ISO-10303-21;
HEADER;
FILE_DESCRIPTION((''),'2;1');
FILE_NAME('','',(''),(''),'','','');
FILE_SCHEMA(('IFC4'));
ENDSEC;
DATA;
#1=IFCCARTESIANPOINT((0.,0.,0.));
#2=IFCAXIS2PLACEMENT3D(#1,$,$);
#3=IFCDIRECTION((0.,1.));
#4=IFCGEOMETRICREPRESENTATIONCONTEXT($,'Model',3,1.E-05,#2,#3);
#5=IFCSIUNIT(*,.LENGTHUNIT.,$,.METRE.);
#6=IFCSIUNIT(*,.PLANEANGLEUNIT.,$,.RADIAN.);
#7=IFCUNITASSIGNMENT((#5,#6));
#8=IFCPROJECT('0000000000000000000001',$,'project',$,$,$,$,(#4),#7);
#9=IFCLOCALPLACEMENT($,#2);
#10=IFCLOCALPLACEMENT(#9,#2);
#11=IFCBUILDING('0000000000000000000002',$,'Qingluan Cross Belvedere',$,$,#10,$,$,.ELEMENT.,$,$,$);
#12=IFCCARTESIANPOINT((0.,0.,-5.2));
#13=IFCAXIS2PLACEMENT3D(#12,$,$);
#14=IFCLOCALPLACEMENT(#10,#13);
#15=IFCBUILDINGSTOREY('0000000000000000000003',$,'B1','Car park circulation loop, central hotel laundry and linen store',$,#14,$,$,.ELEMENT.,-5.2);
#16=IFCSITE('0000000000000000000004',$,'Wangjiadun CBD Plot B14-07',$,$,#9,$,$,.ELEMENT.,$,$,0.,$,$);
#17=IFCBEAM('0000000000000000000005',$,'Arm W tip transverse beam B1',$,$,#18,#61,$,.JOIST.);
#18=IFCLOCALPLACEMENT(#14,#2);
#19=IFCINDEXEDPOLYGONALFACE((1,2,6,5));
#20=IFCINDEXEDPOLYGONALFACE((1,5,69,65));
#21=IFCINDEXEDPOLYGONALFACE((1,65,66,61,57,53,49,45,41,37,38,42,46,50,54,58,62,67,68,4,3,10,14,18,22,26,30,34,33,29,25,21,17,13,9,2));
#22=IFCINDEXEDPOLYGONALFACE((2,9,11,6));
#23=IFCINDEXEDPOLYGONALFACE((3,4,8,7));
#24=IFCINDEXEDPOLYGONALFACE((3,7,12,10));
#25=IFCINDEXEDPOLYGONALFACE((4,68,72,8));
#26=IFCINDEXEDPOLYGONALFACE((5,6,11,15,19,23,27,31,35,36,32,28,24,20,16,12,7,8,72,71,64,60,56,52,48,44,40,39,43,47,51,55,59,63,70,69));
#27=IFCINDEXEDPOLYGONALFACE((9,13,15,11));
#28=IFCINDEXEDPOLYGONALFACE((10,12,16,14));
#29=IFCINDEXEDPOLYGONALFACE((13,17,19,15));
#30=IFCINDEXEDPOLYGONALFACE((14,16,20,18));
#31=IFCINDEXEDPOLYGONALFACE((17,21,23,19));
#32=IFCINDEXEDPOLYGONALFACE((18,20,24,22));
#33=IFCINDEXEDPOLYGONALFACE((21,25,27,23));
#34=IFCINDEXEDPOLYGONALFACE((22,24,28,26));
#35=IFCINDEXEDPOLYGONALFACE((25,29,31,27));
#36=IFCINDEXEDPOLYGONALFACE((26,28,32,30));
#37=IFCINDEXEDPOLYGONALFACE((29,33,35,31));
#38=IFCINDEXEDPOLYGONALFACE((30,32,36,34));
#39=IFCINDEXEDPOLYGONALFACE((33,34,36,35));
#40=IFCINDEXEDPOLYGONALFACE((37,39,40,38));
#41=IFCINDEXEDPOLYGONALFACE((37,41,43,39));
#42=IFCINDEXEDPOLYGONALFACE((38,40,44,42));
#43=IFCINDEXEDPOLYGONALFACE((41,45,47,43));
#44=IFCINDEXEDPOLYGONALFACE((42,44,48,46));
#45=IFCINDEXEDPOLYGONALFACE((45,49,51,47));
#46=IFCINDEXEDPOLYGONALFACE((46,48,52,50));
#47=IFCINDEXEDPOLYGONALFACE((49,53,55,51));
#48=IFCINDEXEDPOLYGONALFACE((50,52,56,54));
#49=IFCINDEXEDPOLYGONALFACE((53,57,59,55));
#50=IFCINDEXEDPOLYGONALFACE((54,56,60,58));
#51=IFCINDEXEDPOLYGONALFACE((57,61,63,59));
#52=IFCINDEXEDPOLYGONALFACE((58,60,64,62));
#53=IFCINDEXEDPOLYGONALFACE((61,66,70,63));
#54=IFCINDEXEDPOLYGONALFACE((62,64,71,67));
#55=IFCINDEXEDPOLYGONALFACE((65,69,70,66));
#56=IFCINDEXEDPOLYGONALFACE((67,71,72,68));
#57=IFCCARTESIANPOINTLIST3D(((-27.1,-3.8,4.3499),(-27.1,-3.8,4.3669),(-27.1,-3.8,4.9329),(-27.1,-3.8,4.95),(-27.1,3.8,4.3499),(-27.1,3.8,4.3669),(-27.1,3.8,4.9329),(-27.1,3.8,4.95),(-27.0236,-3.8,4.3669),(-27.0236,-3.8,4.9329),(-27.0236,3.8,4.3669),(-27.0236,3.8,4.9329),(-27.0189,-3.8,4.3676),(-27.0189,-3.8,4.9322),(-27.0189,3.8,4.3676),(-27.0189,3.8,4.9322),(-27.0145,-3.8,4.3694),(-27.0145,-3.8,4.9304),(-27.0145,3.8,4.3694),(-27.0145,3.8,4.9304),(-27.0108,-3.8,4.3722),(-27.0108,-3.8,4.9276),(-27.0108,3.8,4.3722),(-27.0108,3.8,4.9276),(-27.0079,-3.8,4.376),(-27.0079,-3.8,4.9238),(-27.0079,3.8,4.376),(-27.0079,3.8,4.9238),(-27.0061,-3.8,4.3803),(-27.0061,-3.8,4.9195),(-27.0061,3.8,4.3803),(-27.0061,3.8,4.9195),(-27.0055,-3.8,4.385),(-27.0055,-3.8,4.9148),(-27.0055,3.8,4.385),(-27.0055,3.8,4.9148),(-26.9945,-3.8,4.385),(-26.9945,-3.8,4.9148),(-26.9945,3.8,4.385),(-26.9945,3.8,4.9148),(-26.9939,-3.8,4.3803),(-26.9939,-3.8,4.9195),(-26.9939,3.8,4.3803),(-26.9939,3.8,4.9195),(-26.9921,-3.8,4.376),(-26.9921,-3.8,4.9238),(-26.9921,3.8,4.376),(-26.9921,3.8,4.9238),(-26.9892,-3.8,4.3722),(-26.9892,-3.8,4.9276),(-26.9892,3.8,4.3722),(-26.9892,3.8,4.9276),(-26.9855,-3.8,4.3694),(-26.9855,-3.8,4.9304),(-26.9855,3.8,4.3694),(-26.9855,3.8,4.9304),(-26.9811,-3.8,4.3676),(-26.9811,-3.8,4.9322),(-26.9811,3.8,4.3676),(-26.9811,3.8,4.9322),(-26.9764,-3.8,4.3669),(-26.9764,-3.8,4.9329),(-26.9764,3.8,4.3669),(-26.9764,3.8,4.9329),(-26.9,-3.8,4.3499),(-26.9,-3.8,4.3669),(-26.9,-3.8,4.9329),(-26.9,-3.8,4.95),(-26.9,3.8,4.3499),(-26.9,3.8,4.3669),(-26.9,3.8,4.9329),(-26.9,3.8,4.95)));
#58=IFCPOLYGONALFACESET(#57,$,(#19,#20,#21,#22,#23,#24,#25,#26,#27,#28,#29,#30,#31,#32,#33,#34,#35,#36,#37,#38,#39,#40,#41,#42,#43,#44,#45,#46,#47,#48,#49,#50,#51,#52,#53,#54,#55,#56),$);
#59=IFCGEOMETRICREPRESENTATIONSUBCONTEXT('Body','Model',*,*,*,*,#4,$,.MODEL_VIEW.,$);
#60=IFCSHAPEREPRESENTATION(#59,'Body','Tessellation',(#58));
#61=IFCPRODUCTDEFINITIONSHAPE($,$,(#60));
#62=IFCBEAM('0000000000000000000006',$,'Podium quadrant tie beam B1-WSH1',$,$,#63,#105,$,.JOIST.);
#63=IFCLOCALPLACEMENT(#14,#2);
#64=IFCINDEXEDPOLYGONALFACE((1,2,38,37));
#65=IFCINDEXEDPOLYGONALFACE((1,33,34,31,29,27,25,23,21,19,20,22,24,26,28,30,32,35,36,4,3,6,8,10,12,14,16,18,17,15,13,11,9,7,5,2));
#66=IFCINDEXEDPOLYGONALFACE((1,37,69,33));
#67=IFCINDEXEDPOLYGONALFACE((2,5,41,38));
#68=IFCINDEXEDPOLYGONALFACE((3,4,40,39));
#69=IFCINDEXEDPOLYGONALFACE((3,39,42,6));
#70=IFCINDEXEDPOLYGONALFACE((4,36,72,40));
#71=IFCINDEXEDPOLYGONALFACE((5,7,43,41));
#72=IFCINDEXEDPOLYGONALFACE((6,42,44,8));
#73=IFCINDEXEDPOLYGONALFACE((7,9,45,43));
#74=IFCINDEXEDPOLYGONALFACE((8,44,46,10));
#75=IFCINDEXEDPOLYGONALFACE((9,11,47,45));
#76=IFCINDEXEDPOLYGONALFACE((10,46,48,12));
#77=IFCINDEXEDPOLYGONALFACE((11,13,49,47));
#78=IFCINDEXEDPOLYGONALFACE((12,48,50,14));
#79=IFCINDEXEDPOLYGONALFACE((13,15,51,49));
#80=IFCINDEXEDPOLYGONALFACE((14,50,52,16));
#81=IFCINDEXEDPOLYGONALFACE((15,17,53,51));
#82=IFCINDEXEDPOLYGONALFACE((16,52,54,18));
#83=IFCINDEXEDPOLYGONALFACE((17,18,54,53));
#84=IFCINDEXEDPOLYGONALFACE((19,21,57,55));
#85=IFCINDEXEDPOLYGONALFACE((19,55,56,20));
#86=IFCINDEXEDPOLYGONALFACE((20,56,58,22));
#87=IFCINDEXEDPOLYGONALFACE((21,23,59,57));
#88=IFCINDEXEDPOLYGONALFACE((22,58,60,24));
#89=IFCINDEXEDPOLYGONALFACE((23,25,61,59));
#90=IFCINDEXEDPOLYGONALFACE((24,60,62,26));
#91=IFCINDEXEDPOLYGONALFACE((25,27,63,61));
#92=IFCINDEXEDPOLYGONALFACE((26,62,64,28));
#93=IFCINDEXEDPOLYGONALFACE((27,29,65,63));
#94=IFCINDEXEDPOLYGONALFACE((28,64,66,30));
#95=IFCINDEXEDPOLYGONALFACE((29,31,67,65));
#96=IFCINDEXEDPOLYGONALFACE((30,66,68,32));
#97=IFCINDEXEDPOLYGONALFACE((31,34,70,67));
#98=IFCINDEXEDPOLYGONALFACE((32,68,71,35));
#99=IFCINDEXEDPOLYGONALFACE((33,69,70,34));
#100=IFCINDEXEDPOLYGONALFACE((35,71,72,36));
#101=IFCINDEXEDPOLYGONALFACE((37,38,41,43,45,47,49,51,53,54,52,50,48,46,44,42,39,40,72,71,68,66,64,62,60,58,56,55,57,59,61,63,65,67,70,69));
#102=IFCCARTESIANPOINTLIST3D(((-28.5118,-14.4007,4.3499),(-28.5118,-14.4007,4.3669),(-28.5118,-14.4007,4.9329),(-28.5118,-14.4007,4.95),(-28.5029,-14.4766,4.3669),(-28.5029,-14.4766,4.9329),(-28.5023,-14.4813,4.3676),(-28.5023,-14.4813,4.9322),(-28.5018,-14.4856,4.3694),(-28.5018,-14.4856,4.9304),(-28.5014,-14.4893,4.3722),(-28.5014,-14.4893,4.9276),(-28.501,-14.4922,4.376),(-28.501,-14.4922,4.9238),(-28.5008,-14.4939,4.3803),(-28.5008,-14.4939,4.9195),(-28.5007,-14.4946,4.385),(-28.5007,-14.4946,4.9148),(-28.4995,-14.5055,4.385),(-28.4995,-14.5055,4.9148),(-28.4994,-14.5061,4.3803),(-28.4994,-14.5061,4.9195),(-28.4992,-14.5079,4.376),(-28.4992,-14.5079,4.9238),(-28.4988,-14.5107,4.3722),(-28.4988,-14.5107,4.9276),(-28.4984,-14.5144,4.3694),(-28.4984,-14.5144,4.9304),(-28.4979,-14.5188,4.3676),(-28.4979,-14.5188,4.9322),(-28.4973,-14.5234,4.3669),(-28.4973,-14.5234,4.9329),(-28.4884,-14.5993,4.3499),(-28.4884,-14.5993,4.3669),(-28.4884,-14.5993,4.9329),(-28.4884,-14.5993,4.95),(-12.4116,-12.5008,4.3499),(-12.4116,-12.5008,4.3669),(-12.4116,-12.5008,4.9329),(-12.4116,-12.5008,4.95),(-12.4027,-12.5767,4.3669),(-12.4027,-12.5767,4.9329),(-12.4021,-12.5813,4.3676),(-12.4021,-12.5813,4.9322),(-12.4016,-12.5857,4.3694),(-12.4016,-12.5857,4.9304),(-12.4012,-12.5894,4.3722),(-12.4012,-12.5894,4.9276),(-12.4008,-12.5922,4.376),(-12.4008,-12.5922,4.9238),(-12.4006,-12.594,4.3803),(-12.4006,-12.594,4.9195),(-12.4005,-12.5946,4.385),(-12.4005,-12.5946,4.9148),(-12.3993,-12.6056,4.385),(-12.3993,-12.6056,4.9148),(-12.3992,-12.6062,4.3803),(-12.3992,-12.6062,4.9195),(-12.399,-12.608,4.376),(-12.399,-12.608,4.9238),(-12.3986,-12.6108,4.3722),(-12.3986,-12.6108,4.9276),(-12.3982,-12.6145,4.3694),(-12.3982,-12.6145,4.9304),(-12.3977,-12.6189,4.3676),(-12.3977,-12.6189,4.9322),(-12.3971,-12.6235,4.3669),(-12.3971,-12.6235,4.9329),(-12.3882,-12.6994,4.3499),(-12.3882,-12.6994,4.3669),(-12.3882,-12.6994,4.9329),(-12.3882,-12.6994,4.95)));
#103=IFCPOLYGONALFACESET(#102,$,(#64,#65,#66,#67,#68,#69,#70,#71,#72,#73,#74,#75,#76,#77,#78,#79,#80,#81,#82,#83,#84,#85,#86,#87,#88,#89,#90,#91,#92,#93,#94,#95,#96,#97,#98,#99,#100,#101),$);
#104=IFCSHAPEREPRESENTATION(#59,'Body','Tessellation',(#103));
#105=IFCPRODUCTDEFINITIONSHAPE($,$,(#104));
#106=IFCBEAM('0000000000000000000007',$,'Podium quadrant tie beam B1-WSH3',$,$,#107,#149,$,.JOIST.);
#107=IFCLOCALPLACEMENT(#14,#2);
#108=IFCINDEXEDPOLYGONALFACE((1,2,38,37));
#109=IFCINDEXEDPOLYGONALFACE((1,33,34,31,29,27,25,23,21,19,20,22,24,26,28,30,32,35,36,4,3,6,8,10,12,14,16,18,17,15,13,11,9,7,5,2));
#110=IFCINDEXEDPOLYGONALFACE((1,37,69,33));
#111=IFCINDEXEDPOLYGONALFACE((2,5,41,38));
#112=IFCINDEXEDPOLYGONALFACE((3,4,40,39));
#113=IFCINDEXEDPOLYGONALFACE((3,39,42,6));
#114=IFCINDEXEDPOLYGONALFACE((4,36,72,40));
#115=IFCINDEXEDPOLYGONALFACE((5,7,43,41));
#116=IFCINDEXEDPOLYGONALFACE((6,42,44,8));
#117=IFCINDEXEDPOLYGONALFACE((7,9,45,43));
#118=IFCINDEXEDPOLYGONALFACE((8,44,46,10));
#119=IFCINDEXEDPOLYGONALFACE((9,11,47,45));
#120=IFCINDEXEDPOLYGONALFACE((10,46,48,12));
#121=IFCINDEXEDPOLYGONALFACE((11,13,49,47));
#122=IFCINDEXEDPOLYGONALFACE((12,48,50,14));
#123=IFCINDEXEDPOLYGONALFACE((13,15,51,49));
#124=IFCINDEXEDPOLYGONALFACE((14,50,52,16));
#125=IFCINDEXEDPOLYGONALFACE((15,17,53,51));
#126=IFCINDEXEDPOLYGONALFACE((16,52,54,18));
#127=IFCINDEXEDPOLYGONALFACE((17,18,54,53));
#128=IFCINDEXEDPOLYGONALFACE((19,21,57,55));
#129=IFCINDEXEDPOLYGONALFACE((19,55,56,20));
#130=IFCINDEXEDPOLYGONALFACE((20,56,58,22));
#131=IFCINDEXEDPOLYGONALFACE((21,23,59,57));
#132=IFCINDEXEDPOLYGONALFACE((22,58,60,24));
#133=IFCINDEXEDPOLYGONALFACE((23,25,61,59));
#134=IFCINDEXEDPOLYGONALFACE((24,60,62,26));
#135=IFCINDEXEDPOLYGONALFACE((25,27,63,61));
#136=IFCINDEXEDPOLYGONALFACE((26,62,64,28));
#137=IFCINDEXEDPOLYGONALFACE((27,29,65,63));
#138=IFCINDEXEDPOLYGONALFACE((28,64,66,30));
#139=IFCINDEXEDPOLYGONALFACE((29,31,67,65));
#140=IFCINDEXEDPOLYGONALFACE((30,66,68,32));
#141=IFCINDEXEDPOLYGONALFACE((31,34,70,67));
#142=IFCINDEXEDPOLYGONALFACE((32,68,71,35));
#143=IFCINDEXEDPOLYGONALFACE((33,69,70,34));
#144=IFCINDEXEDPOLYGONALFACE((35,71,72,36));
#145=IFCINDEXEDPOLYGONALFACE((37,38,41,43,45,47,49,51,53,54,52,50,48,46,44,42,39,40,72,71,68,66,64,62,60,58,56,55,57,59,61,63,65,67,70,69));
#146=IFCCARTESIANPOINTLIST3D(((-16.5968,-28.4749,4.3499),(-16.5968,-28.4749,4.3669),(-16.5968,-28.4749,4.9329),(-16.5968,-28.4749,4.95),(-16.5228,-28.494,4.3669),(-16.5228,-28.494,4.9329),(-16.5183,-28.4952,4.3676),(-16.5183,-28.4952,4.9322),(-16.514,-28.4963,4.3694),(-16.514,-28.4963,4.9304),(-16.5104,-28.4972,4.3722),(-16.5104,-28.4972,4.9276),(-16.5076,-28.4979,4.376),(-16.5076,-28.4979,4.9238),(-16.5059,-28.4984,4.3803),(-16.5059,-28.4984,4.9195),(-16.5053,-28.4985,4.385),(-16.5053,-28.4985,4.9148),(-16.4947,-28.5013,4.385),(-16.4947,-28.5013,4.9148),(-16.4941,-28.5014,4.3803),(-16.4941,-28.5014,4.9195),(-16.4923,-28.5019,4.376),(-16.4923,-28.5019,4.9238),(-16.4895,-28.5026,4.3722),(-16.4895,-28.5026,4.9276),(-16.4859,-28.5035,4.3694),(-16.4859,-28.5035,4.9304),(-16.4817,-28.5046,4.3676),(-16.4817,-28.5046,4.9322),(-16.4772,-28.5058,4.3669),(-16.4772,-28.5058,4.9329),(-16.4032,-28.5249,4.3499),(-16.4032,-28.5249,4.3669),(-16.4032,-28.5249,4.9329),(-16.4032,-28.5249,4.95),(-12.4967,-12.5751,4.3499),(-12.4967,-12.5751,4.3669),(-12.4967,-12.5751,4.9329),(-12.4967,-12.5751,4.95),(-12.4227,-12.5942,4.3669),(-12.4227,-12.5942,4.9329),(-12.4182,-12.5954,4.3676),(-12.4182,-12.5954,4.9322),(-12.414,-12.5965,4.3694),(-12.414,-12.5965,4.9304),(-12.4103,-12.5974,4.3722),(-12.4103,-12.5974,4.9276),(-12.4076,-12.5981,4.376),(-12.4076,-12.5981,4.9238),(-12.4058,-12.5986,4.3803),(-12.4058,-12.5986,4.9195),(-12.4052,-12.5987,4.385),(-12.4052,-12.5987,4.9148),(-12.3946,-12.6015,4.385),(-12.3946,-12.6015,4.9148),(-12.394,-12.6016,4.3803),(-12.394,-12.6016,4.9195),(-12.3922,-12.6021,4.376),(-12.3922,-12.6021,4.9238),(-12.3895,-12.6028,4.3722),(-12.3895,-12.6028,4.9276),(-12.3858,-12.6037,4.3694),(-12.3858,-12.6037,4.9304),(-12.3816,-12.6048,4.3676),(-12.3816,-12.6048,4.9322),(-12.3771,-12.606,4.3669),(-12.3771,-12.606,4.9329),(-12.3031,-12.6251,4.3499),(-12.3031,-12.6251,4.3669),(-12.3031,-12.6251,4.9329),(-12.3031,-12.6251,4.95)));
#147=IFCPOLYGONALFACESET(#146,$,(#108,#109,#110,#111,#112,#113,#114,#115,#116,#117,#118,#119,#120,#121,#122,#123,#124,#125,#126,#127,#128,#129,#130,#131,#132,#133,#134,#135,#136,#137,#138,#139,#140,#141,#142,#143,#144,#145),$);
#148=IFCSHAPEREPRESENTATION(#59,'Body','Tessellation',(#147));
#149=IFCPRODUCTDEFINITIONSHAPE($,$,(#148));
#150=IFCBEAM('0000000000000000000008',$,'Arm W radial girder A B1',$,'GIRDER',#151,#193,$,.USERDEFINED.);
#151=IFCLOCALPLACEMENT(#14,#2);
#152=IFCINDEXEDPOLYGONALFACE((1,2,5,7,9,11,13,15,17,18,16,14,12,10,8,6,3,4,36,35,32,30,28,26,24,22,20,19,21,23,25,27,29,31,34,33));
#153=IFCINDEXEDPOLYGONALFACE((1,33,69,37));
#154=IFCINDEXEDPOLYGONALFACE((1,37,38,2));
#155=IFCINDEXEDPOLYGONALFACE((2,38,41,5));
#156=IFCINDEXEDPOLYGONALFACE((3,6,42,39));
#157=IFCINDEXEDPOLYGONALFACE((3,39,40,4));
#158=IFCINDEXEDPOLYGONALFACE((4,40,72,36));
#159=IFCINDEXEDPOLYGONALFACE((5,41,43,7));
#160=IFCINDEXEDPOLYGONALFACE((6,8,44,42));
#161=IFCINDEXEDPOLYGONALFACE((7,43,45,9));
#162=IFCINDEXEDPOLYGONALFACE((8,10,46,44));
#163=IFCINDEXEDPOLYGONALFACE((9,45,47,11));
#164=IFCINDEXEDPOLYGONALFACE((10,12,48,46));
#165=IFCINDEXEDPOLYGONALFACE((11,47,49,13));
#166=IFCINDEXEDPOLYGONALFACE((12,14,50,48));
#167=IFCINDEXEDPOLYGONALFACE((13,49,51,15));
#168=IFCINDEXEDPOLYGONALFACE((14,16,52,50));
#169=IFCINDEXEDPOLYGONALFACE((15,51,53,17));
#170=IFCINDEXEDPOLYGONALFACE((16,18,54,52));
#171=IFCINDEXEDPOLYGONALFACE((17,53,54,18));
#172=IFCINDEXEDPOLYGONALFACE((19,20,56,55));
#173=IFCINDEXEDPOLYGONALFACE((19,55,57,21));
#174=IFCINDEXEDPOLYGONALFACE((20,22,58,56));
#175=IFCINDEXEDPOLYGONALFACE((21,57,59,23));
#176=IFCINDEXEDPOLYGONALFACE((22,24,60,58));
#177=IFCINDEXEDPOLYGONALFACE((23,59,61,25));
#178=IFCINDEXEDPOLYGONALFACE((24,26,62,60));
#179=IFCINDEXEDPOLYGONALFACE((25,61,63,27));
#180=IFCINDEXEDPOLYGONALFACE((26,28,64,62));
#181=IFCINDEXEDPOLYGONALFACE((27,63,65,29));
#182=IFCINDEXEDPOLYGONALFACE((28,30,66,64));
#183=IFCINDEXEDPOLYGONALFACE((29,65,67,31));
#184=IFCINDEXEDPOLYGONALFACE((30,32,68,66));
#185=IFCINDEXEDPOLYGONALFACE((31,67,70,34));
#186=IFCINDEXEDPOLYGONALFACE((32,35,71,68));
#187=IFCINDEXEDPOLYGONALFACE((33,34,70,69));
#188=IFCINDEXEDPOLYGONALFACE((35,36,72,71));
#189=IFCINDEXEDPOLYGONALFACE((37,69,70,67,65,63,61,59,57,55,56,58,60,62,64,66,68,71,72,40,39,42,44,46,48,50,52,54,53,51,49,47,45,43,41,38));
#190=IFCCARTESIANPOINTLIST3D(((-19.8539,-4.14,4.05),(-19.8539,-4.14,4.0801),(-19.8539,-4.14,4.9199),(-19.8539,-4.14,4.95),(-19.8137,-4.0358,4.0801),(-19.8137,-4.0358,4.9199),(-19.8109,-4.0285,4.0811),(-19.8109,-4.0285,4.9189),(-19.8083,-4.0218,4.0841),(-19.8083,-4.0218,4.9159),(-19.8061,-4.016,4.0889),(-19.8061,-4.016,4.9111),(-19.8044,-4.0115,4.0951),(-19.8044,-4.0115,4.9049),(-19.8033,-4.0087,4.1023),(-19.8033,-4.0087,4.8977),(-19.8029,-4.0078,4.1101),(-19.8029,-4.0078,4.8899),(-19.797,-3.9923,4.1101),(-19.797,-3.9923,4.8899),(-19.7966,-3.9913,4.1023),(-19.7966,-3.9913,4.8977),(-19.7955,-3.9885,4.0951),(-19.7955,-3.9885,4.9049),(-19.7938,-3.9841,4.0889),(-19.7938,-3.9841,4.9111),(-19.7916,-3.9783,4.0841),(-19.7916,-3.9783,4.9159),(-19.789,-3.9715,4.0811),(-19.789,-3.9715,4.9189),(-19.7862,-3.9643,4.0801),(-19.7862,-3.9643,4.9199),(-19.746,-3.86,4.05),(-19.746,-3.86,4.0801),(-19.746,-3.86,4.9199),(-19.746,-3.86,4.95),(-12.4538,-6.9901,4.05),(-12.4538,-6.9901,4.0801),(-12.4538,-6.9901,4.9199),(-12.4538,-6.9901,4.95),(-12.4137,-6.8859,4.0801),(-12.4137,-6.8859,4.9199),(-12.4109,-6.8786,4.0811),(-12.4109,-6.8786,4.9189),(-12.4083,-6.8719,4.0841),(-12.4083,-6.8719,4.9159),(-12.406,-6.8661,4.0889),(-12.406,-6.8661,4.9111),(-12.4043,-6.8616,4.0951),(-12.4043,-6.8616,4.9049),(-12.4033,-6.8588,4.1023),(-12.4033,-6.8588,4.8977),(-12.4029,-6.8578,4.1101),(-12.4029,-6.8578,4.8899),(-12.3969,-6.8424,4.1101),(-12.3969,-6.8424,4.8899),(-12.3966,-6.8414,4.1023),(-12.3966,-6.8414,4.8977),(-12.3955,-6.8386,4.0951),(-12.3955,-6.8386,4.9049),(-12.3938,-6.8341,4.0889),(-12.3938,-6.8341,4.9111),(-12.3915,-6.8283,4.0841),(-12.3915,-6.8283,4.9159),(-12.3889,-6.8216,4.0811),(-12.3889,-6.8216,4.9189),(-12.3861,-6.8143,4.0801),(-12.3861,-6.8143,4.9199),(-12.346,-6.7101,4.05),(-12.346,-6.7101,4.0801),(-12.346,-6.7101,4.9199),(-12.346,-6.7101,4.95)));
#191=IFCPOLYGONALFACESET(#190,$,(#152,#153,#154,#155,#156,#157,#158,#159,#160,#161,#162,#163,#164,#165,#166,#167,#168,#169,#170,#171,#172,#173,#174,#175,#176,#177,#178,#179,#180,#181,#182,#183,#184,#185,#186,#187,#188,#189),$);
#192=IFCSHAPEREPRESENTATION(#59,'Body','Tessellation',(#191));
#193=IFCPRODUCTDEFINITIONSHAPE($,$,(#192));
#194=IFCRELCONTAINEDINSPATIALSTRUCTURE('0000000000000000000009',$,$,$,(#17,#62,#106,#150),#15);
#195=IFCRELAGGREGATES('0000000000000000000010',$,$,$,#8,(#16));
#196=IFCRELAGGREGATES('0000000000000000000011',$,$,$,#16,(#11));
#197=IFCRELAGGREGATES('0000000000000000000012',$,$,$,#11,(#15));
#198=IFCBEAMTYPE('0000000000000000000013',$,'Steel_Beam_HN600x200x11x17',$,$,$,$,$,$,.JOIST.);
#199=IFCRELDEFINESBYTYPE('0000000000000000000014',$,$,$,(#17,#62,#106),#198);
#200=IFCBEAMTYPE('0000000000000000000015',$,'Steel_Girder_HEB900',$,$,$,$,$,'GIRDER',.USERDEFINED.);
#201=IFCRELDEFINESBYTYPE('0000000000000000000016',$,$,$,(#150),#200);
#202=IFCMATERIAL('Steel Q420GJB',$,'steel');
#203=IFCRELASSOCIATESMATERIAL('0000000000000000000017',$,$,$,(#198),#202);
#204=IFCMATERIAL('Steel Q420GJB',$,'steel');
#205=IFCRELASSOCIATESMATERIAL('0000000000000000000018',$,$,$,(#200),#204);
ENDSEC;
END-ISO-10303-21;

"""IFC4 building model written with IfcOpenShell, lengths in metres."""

from ifc_helpers import new_model, si_unit, direction, frame, origin, origin_2d, place, context, subcontext, project, spatial, i_section, extrude, material, material_profile, profile_set, type_object, element, save


model = new_model("IFC4")

# Units and contexts
model_context = context("Model", 3, precision=1e-05, world=origin(), true_north=direction((0.0, 1.0)))
body_context = subcontext(model_context, "Body", "Model", "MODEL_VIEW")
ifc_project = project(units=[si_unit("LENGTHUNIT", "METRE"), si_unit("PLANEANGLEUNIT", "RADIAN")], contexts=[model_context])

# Site, building, storey
site_placement = place(None, origin())
site = spatial("IfcSite", under=ifc_project, at=site_placement, Name="Wangjiadun CBD Plot B14-07", CompositionType="ELEMENT", RefElevation=0.0)
building_placement = place(site_placement, origin())
building = spatial("IfcBuilding", under=site, at=building_placement, Name="Qingluan Cross Belvedere", CompositionType="ELEMENT")
storey_placement = place(building_placement, frame((0.0, 0.0, -5.2)))
storey = spatial("IfcBuildingStorey", under=building, at=storey_placement, Name="B1", Description="Car park circulation loop, central hotel laundry and linen store", CompositionType="ELEMENT", Elevation=-5.2)

# Beams
ifc_material_1 = material(Name="Steel Q420GJB", Category="steel")
ifc_material_profile_1 = material_profile(ifc_material_1, i_section(OverallWidth=0.2, OverallDepth=0.6001, WebThickness=0.011, FlangeThickness=0.0171, FilletRadius=0.0181, at=origin_2d()), Name="HN600x200x11x17")
ifc_profile_set_1 = profile_set([ifc_material_profile_1], Name="Steel Q420GJB")
beam_type_1 = type_object("IfcBeamType", Name="Steel_Beam_HN600x200x11x17", PredefinedType="JOIST", material=ifc_profile_set_1)
beam_1_placement = place(storey_placement, frame((-27.0, -3.8, 4.6499), z_axis=(0.0, 1.0, 0.0), x_axis=(-1.0, 0.0, 0.0)))
element("IfcBeam", 1, at=beam_1_placement, inside=storey, type_object=beam_type_1, Name="Arm W tip transverse beam B1", PredefinedType="JOIST", context=body_context, shape_type="SweptSolid", body=[
    extrude(i_section(OverallWidth=0.2, OverallDepth=0.6001, WebThickness=0.011, FlangeThickness=0.0171, FilletRadius=0.0181, at=origin_2d()), origin(), (0.0, 0.0, 1.0), 7.6001),
])
beam_2_placement = place(storey_placement, frame((-12.3999, -12.6001, 4.6499), z_axis=(-0.993109, -0.117192, 0.0), x_axis=(0.117192, -0.993109, 0.0)))
element("IfcBeam", 2, at=beam_2_placement, inside=storey, type_object=beam_type_1, Name="Podium quadrant tie beam B1-WSH1", PredefinedType="JOIST", context=body_context, shape_type="SweptSolid", body=[
    extrude(i_section(OverallWidth=0.2, OverallDepth=0.6001, WebThickness=0.011, FlangeThickness=0.0171, FilletRadius=0.0181, at=origin_2d()), origin(), (0.0, 0.0, 1.0), 16.2119),
])
beam_3_placement = place(storey_placement, frame((-12.3999, -12.6001, 4.6499), z_axis=(-0.249701, -0.968323, 0.0), x_axis=(0.968323, -0.249701, 0.0)))
element("IfcBeam", 3, at=beam_3_placement, inside=storey, type_object=beam_type_1, Name="Podium quadrant tie beam B1-WSH3", PredefinedType="JOIST", context=body_context, shape_type="SweptSolid", body=[
    extrude(i_section(OverallWidth=0.2, OverallDepth=0.6001, WebThickness=0.011, FlangeThickness=0.0171, FilletRadius=0.0181, at=origin_2d()), origin(), (0.0, 0.0, 1.0), 16.4199),
])
ifc_material_2 = material(Name="Steel Q420GJB", Category="steel")
ifc_material_profile_2 = material_profile(ifc_material_2, i_section(OverallWidth=0.3, OverallDepth=0.8999, WebThickness=0.0166, FlangeThickness=0.03, FilletRadius=0.03, at=origin_2d()), Name="HEB900")
ifc_profile_set_2 = profile_set([ifc_material_profile_2], Name="Steel Q420GJB")
beam_type_2 = type_object("IfcBeamType", Name="Steel_Girder_HEB900", ElementType="GIRDER", PredefinedType="USERDEFINED", material=ifc_profile_set_2)
beam_4_placement = place(storey_placement, frame((-12.3999, -6.8501, 4.5), z_axis=(-0.933181, 0.359406, 0.0), x_axis=(-0.359406, -0.933181, 0.0)))
element("IfcBeam", 4, at=beam_4_placement, inside=storey, type_object=beam_type_2, Name="Arm W radial girder A B1", ObjectType="GIRDER", PredefinedType="USERDEFINED", context=body_context, shape_type="SweptSolid", body=[
    extrude(i_section(OverallWidth=0.3, OverallDepth=0.8999, WebThickness=0.0166, FlangeThickness=0.03, FilletRadius=0.03, at=origin_2d()), origin(), (0.0, 0.0, 1.0), 7.9299),
])

save(model, "model.ifc")
